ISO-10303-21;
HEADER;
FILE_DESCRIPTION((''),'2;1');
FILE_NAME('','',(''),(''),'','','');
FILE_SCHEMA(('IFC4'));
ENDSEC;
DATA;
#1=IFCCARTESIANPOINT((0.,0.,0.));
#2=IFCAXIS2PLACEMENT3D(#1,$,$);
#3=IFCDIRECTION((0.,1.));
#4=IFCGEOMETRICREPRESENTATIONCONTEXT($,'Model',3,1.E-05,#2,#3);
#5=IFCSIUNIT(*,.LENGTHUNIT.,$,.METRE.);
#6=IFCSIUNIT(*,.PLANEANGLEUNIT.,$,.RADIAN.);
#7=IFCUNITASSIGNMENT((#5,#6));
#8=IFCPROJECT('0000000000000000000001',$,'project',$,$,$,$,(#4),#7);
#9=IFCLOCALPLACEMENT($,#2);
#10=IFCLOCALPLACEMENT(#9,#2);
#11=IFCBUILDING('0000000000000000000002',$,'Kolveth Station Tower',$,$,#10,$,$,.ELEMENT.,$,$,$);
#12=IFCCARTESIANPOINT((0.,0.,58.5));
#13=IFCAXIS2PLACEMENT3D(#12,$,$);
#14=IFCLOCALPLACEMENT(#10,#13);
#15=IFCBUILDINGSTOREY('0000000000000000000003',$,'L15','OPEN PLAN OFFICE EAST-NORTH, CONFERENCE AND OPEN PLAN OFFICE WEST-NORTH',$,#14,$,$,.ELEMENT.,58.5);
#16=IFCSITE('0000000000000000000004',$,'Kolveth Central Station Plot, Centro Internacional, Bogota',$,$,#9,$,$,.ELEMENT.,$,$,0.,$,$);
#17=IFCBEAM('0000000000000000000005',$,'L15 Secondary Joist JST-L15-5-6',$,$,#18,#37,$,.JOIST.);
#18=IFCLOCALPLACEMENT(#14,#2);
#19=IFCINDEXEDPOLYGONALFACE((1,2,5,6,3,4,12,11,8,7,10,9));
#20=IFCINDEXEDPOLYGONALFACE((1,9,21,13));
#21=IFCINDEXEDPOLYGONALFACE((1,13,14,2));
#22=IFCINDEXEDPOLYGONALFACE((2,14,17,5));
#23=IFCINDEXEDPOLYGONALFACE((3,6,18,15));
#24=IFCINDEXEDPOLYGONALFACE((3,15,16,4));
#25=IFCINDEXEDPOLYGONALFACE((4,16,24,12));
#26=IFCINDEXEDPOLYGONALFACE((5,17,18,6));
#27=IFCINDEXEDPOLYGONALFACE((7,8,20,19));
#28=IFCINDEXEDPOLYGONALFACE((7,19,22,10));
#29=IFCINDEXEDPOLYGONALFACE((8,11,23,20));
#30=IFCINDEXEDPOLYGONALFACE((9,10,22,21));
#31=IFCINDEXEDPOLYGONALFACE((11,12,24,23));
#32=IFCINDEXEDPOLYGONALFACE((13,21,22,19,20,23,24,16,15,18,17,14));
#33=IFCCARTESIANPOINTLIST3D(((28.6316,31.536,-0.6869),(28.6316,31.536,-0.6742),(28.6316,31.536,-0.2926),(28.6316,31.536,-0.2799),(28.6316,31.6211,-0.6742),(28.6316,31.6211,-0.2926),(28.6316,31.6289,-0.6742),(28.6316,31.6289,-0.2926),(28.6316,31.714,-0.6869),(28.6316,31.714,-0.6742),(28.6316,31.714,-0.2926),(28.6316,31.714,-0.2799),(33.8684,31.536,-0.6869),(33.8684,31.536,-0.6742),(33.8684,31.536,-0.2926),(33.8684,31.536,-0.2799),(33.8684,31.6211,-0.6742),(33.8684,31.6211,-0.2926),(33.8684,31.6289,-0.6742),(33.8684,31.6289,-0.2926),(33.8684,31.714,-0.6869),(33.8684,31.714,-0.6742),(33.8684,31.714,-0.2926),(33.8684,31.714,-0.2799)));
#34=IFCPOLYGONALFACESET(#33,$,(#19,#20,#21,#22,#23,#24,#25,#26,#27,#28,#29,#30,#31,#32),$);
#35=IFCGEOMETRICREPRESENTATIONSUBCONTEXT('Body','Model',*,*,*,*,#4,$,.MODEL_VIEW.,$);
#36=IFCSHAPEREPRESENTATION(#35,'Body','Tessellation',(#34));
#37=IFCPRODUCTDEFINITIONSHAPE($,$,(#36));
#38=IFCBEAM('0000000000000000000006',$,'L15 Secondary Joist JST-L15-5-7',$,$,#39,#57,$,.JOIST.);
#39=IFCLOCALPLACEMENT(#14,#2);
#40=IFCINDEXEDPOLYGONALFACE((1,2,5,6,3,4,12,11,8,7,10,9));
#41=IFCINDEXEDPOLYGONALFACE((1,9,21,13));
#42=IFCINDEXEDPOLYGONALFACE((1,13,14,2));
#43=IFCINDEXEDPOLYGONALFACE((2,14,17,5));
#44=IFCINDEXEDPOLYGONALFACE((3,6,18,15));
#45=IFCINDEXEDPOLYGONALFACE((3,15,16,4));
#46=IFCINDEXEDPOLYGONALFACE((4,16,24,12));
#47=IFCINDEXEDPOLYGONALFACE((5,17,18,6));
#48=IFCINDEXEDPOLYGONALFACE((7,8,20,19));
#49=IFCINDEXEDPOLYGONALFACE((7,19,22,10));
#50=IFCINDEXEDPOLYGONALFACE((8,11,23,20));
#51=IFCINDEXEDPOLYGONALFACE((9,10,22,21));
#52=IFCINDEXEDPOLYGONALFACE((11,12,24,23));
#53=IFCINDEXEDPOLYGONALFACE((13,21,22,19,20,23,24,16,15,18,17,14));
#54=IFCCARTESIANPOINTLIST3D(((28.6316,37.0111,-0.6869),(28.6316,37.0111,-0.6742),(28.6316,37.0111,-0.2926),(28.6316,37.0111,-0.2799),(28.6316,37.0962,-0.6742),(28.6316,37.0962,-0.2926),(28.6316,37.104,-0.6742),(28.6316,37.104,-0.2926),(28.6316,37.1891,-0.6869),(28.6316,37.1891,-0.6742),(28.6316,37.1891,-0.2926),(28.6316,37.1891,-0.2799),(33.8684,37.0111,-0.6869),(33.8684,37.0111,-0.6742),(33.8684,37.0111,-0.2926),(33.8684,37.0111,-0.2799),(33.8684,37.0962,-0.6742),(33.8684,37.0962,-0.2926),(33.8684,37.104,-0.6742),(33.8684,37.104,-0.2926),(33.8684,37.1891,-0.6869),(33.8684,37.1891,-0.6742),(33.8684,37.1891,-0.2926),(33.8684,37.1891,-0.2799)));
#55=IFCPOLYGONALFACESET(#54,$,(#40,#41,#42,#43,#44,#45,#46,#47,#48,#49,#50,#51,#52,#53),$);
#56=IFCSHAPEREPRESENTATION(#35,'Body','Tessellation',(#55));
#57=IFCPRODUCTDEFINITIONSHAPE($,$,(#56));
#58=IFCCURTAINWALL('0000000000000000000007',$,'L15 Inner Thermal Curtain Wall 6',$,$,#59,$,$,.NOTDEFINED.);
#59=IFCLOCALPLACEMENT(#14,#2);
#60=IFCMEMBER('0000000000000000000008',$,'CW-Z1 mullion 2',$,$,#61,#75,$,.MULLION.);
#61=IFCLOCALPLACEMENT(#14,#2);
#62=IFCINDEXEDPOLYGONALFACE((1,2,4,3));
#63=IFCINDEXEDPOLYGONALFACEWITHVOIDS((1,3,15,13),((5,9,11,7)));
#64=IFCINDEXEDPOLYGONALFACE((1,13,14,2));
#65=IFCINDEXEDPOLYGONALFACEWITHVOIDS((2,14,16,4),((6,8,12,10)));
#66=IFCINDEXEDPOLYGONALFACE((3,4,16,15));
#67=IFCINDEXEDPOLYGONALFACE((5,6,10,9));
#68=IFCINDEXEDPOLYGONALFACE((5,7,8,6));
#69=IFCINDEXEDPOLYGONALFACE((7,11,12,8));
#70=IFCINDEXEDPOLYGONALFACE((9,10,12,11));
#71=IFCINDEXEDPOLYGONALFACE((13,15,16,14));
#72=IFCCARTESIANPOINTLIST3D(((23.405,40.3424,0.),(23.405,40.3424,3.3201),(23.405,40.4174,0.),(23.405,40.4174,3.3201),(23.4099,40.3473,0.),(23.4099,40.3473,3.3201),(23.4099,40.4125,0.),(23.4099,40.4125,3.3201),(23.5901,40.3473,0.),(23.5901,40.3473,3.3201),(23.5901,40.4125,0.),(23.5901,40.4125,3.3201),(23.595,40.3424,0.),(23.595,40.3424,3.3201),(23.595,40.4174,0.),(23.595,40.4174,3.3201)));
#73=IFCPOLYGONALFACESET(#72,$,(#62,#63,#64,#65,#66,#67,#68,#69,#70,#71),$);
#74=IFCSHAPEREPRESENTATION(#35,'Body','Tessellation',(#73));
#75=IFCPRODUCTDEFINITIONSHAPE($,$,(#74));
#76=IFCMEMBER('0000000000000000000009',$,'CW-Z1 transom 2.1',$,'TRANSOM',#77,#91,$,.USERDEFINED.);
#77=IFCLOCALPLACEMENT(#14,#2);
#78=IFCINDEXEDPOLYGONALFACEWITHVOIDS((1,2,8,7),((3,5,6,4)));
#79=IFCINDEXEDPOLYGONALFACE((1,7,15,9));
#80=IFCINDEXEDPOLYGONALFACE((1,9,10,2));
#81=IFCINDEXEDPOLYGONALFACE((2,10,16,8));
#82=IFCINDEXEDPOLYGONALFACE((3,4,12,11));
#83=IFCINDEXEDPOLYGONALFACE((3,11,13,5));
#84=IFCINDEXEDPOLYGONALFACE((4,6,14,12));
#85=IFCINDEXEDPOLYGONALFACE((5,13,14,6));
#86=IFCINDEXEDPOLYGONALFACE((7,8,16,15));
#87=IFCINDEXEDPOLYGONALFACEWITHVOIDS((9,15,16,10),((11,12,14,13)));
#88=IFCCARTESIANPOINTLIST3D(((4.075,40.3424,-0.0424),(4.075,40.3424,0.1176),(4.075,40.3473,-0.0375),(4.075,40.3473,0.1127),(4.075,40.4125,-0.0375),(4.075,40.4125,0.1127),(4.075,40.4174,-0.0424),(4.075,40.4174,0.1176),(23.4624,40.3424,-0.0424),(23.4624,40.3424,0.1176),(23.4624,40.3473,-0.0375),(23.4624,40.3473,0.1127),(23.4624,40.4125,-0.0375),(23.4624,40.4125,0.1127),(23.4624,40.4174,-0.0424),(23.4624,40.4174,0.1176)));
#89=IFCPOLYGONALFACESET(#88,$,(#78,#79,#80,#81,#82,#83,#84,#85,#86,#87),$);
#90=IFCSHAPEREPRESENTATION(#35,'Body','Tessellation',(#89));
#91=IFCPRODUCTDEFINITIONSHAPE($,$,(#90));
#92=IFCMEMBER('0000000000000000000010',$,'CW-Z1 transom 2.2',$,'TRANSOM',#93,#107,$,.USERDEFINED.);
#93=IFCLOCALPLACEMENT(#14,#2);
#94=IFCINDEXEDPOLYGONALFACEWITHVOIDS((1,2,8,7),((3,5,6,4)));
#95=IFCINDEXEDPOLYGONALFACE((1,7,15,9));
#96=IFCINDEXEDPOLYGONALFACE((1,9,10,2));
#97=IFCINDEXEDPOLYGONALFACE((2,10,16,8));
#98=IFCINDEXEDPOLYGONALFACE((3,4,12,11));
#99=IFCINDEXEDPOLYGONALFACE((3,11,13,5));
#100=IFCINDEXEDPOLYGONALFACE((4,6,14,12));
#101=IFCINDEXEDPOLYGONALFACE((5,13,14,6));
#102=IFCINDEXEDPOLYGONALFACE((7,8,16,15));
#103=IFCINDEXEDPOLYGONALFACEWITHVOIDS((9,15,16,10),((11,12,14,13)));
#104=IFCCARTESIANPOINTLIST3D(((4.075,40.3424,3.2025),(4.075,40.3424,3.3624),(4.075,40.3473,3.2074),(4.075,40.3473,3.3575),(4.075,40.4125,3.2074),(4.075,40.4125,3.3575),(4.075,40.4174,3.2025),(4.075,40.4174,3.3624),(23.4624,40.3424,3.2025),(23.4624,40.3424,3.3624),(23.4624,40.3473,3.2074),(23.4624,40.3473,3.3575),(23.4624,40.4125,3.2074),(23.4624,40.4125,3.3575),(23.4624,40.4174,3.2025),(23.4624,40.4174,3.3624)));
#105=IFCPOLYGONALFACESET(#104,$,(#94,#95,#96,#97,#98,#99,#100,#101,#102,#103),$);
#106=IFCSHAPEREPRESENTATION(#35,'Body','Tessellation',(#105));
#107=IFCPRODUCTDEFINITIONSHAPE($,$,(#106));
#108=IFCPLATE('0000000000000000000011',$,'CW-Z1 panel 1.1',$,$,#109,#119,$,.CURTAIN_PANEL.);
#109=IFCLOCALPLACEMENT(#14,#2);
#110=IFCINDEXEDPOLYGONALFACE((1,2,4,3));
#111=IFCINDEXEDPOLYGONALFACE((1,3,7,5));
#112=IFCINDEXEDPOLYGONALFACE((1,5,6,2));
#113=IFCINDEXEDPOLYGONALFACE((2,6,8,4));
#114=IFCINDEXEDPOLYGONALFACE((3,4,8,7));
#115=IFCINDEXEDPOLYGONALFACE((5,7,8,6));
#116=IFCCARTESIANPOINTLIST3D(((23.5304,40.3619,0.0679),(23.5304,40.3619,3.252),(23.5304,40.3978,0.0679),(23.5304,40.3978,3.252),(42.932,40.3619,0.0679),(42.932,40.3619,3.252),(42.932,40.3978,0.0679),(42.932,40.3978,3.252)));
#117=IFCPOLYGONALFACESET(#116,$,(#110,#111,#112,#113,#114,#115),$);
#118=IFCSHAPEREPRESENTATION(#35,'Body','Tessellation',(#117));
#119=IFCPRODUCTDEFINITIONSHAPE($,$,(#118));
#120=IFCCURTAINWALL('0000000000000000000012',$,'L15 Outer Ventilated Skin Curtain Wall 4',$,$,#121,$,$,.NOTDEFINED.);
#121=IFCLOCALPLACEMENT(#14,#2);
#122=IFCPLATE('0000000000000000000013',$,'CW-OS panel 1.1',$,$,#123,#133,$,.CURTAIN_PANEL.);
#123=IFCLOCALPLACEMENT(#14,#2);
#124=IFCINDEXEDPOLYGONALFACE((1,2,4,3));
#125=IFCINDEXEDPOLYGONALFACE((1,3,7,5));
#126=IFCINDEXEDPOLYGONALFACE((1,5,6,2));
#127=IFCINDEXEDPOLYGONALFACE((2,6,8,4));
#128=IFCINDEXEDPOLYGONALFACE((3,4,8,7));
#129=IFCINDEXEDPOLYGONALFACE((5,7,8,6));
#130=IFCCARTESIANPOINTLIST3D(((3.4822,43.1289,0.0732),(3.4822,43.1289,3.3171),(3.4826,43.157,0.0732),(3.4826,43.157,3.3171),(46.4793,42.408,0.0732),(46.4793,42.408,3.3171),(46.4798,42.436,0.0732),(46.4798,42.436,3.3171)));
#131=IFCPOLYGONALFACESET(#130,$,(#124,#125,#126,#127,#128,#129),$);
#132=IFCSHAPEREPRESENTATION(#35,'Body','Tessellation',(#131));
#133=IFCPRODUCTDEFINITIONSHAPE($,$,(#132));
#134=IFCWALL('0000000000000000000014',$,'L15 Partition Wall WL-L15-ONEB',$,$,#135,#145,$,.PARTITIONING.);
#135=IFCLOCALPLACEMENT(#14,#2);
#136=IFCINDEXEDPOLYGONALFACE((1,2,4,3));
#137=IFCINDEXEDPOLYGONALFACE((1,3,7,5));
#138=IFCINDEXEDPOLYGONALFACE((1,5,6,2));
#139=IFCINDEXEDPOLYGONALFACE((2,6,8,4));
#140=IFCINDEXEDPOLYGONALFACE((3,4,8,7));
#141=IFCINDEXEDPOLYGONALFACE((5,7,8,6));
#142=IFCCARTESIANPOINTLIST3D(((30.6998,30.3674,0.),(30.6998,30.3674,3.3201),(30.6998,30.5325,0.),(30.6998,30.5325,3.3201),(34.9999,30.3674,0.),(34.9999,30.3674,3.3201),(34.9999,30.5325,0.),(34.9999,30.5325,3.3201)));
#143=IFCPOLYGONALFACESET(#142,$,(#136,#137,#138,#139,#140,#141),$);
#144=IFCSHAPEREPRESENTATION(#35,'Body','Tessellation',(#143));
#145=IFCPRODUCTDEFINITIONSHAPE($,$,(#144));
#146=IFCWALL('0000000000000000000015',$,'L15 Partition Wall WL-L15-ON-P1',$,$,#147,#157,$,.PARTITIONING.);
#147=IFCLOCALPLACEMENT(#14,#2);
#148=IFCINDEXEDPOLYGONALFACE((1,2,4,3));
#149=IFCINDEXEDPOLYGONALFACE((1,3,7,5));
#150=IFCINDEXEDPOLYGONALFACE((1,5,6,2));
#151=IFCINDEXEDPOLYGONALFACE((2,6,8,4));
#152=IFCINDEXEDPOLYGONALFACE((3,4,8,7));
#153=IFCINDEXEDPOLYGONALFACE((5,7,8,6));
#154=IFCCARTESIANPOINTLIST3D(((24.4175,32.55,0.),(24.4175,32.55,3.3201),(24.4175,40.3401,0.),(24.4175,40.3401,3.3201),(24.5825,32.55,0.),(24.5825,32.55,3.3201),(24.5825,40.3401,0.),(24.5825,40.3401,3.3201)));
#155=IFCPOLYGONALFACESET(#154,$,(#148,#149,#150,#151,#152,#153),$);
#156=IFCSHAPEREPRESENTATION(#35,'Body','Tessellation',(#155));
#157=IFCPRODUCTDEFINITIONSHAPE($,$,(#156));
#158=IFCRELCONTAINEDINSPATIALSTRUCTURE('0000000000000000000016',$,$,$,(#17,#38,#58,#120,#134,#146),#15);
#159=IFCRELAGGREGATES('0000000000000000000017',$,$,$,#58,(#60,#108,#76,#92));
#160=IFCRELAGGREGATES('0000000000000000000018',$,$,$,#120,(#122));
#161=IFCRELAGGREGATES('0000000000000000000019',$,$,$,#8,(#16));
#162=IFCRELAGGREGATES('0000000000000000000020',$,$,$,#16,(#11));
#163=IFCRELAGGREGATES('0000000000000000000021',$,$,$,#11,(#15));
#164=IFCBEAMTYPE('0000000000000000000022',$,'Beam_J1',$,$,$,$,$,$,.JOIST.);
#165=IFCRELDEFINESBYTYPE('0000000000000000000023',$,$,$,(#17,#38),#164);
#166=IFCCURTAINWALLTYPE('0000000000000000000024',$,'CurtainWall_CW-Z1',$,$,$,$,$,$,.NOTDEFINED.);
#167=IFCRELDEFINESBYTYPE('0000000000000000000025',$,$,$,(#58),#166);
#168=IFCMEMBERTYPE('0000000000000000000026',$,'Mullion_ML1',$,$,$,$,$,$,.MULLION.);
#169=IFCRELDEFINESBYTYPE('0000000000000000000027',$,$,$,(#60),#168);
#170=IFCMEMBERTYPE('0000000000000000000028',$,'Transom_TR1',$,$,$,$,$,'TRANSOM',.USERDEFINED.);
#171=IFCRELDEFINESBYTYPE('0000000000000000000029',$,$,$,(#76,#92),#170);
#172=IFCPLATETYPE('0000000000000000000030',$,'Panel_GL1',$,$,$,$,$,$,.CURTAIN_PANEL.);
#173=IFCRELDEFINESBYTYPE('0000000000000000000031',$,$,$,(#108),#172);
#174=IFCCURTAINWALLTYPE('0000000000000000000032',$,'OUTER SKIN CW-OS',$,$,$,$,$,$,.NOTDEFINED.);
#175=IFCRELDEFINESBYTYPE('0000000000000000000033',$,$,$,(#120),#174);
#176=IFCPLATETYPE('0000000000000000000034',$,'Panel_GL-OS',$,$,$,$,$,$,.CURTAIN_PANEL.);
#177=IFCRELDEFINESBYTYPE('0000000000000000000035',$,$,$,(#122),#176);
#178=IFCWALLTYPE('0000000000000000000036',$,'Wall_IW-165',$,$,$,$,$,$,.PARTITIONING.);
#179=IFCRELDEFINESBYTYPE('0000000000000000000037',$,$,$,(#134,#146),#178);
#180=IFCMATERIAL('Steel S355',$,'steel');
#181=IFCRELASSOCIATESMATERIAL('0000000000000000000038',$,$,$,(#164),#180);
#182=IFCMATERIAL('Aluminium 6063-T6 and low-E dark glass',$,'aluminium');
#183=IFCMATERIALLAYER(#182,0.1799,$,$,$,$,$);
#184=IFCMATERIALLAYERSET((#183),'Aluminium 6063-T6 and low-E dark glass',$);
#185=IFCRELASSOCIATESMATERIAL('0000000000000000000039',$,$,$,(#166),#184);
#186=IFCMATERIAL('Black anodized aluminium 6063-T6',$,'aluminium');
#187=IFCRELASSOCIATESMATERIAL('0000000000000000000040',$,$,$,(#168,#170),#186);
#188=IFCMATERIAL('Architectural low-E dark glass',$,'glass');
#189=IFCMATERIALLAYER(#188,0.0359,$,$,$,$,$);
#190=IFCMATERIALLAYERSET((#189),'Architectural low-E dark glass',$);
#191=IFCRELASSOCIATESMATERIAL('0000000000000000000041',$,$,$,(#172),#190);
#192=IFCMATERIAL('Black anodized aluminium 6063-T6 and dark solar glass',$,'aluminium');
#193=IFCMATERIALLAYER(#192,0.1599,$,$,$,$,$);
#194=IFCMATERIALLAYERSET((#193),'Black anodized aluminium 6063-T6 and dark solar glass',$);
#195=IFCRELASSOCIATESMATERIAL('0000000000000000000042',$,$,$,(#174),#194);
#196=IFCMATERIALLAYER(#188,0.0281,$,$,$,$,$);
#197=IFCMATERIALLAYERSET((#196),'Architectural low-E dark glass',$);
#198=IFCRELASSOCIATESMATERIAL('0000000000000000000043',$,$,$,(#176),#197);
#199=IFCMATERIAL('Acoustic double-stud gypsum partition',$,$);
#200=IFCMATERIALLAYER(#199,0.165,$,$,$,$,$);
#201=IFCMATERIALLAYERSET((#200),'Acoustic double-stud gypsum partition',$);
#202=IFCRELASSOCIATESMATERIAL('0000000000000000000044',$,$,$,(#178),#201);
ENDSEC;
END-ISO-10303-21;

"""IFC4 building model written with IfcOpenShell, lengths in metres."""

from ifc_helpers import new_model, si_unit, direction, frame, frame_2d, origin, origin_2d, place, context, subcontext, project, spatial, rectangle, hollow_rectangle, i_section, extrude, source, transform, mapped, material, layer, layer_set, material_profile, profile_set, type_object, element, aggregate, save


model = new_model("IFC4")

# Units and contexts
model_context = context("Model", 3, precision=1e-05, world=origin(), true_north=direction((0.0, 1.0)))
body_context = subcontext(model_context, "Body", "Model", "MODEL_VIEW")
ifc_project = project(units=[si_unit("LENGTHUNIT", "METRE"), si_unit("PLANEANGLEUNIT", "RADIAN")], contexts=[model_context])

# Site, building, storey
site_placement = place(None, origin())
site = spatial("IfcSite", under=ifc_project, at=site_placement, Name="Kolveth Central Station Plot, Centro Internacional, Bogota", CompositionType="ELEMENT", RefElevation=0.0)
building_placement = place(site_placement, origin())
building = spatial("IfcBuilding", under=site, at=building_placement, Name="Kolveth Station Tower", CompositionType="ELEMENT")
storey_placement = place(building_placement, frame((0.0, 0.0, 58.5)))
storey = spatial("IfcBuildingStorey", under=building, at=storey_placement, Name="L15", Description="OPEN PLAN OFFICE EAST-NORTH, CONFERENCE AND OPEN PLAN OFFICE WEST-NORTH", CompositionType="ELEMENT", Elevation=58.5)

# Shared definitions
ifc_material_1 = material(Name="Steel S355", Category="steel")

# Beams
ifc_material_profile_1 = material_profile(ifc_material_1, i_section(OverallWidth=0.178, OverallDepth=0.407, WebThickness=0.0078, FlangeThickness=0.0127, at=origin_2d()), Name="W410x60")
ifc_profile_set_1 = profile_set([ifc_material_profile_1], Name="Steel S355")
beam_type_1 = type_object("IfcBeamType", Name="Beam_J1", PredefinedType="JOIST", material=ifc_profile_set_1)
shared_shape_1 = source(origin(), body_context, "Body", "SweptSolid", [
    extrude(i_section(OverallWidth=0.178, OverallDepth=0.407, WebThickness=0.0078, FlangeThickness=0.0127, at=origin_2d()), origin(), (0.0, 0.0, 1.0), 5.2368),
])
for number, where, z_axis, x_axis, name in (
    (1, (28.6316, 31.625, -0.4834), (1.0, 0.0, 0.0), (0.0, 1.0, 0.0), "L15 Secondary Joist JST-L15-5-6"),
    (2, (28.6316, 37.1001, -0.4834), (1.0, 0.0, 0.0), (0.0, 1.0, 0.0), "L15 Secondary Joist JST-L15-5-7"),
):
    element("IfcBeam", number, at=place(storey_placement, frame(where, z_axis=z_axis, x_axis=x_axis)), inside=storey, type_object=beam_type_1, Name=name, PredefinedType="JOIST", context=body_context, shape_type="MappedRepresentation", body=[
        mapped(shared_shape_1, transform((0.0, 0.0, 0.0), x_axis=(1.0, 0.0, 0.0), y_axis=(0.0, 1.0, 0.0), z_axis=(0.0, 0.0, 1.0), scale=1.0)),
    ])

# Curtain wall, members, plate
ifc_material_2 = material(Name="Aluminium 6063-T6 and low-E dark glass", Category="aluminium")
ifc_layer_1 = layer(ifc_material_2, 0.1799)
ifc_layer_set_1 = layer_set([ifc_layer_1], Name="Aluminium 6063-T6 and low-E dark glass")
curtain_wall_type_1 = type_object("IfcCurtainWallType", Name="CurtainWall_CW-Z1", PredefinedType="NOTDEFINED", material=ifc_layer_set_1)
curtain_wall_1_placement = place(storey_placement, origin())
curtain_wall_1 = element("IfcCurtainWall", 3, at=curtain_wall_1_placement, inside=storey, type_object=curtain_wall_type_1, Name="L15 Inner Thermal Curtain Wall 6", PredefinedType="NOTDEFINED")
ifc_material_3 = material(Name="Black anodized aluminium 6063-T6", Category="aluminium")
ifc_material_profile_2 = material_profile(ifc_material_3, hollow_rectangle(XDim=0.075, YDim=0.1899, WallThickness=0.0049, at=origin_2d()), Name="ALU-75x190x5")
ifc_profile_set_2 = profile_set([ifc_material_profile_2], Name="Black anodized aluminium 6063-T6")
member_type_1 = type_object("IfcMemberType", Name="Mullion_ML1", PredefinedType="MULLION", material=ifc_profile_set_2)
shared_shape_2 = source(origin(), body_context, "Body", "SweptSolid", [
    extrude(hollow_rectangle(XDim=0.075, YDim=0.1899, WallThickness=0.0049, at=origin_2d()), origin(), (0.0, 0.0, 1.0), 3.3201),
])
member_1_placement = place(storey_placement, frame((23.5, 40.3799, 0.0), z_axis=(0.0, 0.0, 1.0), x_axis=(0.0, -1.0, 0.0)))
member_1 = element("IfcMember", 4, at=member_1_placement, type_object=member_type_1, Name="CW-Z1 mullion 2", PredefinedType="MULLION", context=body_context, shape_type="MappedRepresentation", body=[
    mapped(shared_shape_2, transform((0.0, 0.0, 0.0), x_axis=(1.0, 0.0, 0.0), y_axis=(0.0, 1.0, 0.0), z_axis=(0.0, 0.0, 1.0), scale=1.0)),
])
ifc_material_profile_3 = material_profile(ifc_material_3, hollow_rectangle(XDim=0.075, YDim=0.1599, WallThickness=0.0049, at=origin_2d()), Name="ALU-75x160x5")
ifc_profile_set_3 = profile_set([ifc_material_profile_3], Name="Black anodized aluminium 6063-T6")
member_type_2 = type_object("IfcMemberType", Name="Transom_TR1", ElementType="TRANSOM", PredefinedType="USERDEFINED", material=ifc_profile_set_3)
shared_shape_3 = source(origin(), body_context, "Body", "SweptSolid", [
    extrude(hollow_rectangle(XDim=0.075, YDim=0.1599, WallThickness=0.0049, at=origin_2d()), origin(), (0.0, 0.0, 1.0), 19.3875),
])
member_2_placement = place(storey_placement, frame((23.4624, 40.3799, 0.0376), z_axis=(-1.0, 0.0, 0.0), x_axis=(0.0, -1.0, 0.0)))
member_2 = element("IfcMember", 5, at=member_2_placement, type_object=member_type_2, Name="CW-Z1 transom 2.1", ObjectType="TRANSOM", PredefinedType="USERDEFINED", context=body_context, shape_type="MappedRepresentation", body=[
    mapped(shared_shape_3, transform((0.0, 0.0, 0.0), x_axis=(1.0, 0.0, 0.0), y_axis=(0.0, 1.0, 0.0), z_axis=(0.0, 0.0, 1.0), scale=1.0)),
])
member_3_placement = place(storey_placement, frame((23.4624, 40.3799, 3.2825), z_axis=(-1.0, 0.0, 0.0), x_axis=(0.0, -1.0, 0.0)))
member_3 = element("IfcMember", 6, at=member_3_placement, type_object=member_type_2, Name="CW-Z1 transom 2.2", ObjectType="TRANSOM", PredefinedType="USERDEFINED", context=body_context, shape_type="MappedRepresentation", body=[
    mapped(shared_shape_3, transform((0.0, 0.0, 0.0), x_axis=(1.0, 0.0, 0.0), y_axis=(0.0, 1.0, 0.0), z_axis=(0.0, 0.0, 1.0), scale=1.0)),
])
ifc_material_4 = material(Name="Architectural low-E dark glass", Category="glass")
ifc_layer_2 = layer(ifc_material_4, 0.0359)
ifc_layer_set_2 = layer_set([ifc_layer_2], Name="Architectural low-E dark glass")
plate_type_1 = type_object("IfcPlateType", Name="Panel_GL1", PredefinedType="CURTAIN_PANEL", material=ifc_layer_set_2)
shared_shape_4 = source(origin(), body_context, "Body", "SweptSolid", [
    extrude(rectangle(XDim=19.4016, YDim=0.0359, at=origin_2d()), origin(), (0.0, 0.0, 1.0), 3.1841),
])
plate_1_placement = place(storey_placement, frame((33.2312, 40.3799, 0.0679), z_axis=(0.0, 0.0, 1.0), x_axis=(-1.0, 0.0, 0.0)))
plate_1 = element("IfcPlate", 7, at=plate_1_placement, type_object=plate_type_1, Name="CW-Z1 panel 1.1", PredefinedType="CURTAIN_PANEL", context=body_context, shape_type="MappedRepresentation", body=[
    mapped(shared_shape_4, transform((0.0, 0.0, 0.0), x_axis=(1.0, 0.0, 0.0), y_axis=(0.0, 1.0, 0.0), z_axis=(0.0, 0.0, 1.0), scale=1.0)),
])
aggregate(curtain_wall_1, [member_1, plate_1, member_2, member_3])

# Curtain wall, plate
ifc_material_5 = material(Name="Black anodized aluminium 6063-T6 and dark solar glass", Category="aluminium")
ifc_layer_3 = layer(ifc_material_5, 0.1599)
ifc_layer_set_3 = layer_set([ifc_layer_3], Name="Black anodized aluminium 6063-T6 and dark solar glass")
curtain_wall_type_2 = type_object("IfcCurtainWallType", Name="OUTER SKIN CW-OS", PredefinedType="NOTDEFINED", material=ifc_layer_set_3)
curtain_wall_2_placement = place(storey_placement, origin())
curtain_wall_2 = element("IfcCurtainWall", 8, at=curtain_wall_2_placement, inside=storey, type_object=curtain_wall_type_2, Name="L15 Outer Ventilated Skin Curtain Wall 4", PredefinedType="NOTDEFINED")
ifc_layer_4 = layer(ifc_material_4, 0.0281)
ifc_layer_set_4 = layer_set([ifc_layer_4], Name="Architectural low-E dark glass")
plate_type_2 = type_object("IfcPlateType", Name="Panel_GL-OS", PredefinedType="CURTAIN_PANEL", material=ifc_layer_set_4)
shared_shape_5 = source(origin(), body_context, "Body", "SweptSolid", [
    extrude(rectangle(XDim=43.0032, YDim=0.0281, at=origin_2d()), origin(), (0.0, 0.0, 1.0), 3.2439),
])
plate_2_placement = place(storey_placement, frame((24.981, 42.7825, 0.0732), z_axis=(0.0, 0.0, 1.0), x_axis=(-0.999859, 0.016764, 0.0)))
plate_2 = element("IfcPlate", 9, at=plate_2_placement, type_object=plate_type_2, Name="CW-OS panel 1.1", PredefinedType="CURTAIN_PANEL", context=body_context, shape_type="MappedRepresentation", body=[
    mapped(shared_shape_5, transform((0.0, 0.0, 0.0), x_axis=(1.0, 0.0, 0.0), y_axis=(0.0, 1.0, 0.0), z_axis=(0.0, 0.0, 1.0), scale=1.0)),
])
aggregate(curtain_wall_2, [plate_2])

# Walls
ifc_material_6 = material(Name="Acoustic double-stud gypsum partition")
ifc_layer_5 = layer(ifc_material_6, 0.165)
ifc_layer_set_5 = layer_set([ifc_layer_5], Name="Acoustic double-stud gypsum partition")
wall_type = type_object("IfcWallType", Name="Wall_IW-165", PredefinedType="PARTITIONING", material=ifc_layer_set_5)
wall_1_placement = place(storey_placement, frame((30.7, 30.45, 0.0), z_axis=(0.0, 0.0, 1.0), x_axis=(1.0, 0.0, 0.0)))
element("IfcWall", 10, at=wall_1_placement, inside=storey, type_object=wall_type, Name="L15 Partition Wall WL-L15-ONEB", PredefinedType="PARTITIONING", context=body_context, shape_type="SweptSolid", body=[
    extrude(rectangle(XDim=4.3, YDim=0.165, at=frame_2d((2.1499, 0.0))), origin(), (0.0, 0.0, 1.0), 3.3201),
])
wall_2_placement = place(storey_placement, frame((24.5, 32.55, 0.0), z_axis=(0.0, 0.0, 1.0), x_axis=(0.0, 1.0, 0.0)))
element("IfcWall", 11, at=wall_2_placement, inside=storey, type_object=wall_type, Name="L15 Partition Wall WL-L15-ON-P1", PredefinedType="PARTITIONING", context=body_context, shape_type="SweptSolid", body=[
    extrude(rectangle(XDim=7.79, YDim=0.165, at=frame_2d((3.895, 0.0))), origin(), (0.0, 0.0, 1.0), 3.3201),
])

save(model, "model.ifc")
